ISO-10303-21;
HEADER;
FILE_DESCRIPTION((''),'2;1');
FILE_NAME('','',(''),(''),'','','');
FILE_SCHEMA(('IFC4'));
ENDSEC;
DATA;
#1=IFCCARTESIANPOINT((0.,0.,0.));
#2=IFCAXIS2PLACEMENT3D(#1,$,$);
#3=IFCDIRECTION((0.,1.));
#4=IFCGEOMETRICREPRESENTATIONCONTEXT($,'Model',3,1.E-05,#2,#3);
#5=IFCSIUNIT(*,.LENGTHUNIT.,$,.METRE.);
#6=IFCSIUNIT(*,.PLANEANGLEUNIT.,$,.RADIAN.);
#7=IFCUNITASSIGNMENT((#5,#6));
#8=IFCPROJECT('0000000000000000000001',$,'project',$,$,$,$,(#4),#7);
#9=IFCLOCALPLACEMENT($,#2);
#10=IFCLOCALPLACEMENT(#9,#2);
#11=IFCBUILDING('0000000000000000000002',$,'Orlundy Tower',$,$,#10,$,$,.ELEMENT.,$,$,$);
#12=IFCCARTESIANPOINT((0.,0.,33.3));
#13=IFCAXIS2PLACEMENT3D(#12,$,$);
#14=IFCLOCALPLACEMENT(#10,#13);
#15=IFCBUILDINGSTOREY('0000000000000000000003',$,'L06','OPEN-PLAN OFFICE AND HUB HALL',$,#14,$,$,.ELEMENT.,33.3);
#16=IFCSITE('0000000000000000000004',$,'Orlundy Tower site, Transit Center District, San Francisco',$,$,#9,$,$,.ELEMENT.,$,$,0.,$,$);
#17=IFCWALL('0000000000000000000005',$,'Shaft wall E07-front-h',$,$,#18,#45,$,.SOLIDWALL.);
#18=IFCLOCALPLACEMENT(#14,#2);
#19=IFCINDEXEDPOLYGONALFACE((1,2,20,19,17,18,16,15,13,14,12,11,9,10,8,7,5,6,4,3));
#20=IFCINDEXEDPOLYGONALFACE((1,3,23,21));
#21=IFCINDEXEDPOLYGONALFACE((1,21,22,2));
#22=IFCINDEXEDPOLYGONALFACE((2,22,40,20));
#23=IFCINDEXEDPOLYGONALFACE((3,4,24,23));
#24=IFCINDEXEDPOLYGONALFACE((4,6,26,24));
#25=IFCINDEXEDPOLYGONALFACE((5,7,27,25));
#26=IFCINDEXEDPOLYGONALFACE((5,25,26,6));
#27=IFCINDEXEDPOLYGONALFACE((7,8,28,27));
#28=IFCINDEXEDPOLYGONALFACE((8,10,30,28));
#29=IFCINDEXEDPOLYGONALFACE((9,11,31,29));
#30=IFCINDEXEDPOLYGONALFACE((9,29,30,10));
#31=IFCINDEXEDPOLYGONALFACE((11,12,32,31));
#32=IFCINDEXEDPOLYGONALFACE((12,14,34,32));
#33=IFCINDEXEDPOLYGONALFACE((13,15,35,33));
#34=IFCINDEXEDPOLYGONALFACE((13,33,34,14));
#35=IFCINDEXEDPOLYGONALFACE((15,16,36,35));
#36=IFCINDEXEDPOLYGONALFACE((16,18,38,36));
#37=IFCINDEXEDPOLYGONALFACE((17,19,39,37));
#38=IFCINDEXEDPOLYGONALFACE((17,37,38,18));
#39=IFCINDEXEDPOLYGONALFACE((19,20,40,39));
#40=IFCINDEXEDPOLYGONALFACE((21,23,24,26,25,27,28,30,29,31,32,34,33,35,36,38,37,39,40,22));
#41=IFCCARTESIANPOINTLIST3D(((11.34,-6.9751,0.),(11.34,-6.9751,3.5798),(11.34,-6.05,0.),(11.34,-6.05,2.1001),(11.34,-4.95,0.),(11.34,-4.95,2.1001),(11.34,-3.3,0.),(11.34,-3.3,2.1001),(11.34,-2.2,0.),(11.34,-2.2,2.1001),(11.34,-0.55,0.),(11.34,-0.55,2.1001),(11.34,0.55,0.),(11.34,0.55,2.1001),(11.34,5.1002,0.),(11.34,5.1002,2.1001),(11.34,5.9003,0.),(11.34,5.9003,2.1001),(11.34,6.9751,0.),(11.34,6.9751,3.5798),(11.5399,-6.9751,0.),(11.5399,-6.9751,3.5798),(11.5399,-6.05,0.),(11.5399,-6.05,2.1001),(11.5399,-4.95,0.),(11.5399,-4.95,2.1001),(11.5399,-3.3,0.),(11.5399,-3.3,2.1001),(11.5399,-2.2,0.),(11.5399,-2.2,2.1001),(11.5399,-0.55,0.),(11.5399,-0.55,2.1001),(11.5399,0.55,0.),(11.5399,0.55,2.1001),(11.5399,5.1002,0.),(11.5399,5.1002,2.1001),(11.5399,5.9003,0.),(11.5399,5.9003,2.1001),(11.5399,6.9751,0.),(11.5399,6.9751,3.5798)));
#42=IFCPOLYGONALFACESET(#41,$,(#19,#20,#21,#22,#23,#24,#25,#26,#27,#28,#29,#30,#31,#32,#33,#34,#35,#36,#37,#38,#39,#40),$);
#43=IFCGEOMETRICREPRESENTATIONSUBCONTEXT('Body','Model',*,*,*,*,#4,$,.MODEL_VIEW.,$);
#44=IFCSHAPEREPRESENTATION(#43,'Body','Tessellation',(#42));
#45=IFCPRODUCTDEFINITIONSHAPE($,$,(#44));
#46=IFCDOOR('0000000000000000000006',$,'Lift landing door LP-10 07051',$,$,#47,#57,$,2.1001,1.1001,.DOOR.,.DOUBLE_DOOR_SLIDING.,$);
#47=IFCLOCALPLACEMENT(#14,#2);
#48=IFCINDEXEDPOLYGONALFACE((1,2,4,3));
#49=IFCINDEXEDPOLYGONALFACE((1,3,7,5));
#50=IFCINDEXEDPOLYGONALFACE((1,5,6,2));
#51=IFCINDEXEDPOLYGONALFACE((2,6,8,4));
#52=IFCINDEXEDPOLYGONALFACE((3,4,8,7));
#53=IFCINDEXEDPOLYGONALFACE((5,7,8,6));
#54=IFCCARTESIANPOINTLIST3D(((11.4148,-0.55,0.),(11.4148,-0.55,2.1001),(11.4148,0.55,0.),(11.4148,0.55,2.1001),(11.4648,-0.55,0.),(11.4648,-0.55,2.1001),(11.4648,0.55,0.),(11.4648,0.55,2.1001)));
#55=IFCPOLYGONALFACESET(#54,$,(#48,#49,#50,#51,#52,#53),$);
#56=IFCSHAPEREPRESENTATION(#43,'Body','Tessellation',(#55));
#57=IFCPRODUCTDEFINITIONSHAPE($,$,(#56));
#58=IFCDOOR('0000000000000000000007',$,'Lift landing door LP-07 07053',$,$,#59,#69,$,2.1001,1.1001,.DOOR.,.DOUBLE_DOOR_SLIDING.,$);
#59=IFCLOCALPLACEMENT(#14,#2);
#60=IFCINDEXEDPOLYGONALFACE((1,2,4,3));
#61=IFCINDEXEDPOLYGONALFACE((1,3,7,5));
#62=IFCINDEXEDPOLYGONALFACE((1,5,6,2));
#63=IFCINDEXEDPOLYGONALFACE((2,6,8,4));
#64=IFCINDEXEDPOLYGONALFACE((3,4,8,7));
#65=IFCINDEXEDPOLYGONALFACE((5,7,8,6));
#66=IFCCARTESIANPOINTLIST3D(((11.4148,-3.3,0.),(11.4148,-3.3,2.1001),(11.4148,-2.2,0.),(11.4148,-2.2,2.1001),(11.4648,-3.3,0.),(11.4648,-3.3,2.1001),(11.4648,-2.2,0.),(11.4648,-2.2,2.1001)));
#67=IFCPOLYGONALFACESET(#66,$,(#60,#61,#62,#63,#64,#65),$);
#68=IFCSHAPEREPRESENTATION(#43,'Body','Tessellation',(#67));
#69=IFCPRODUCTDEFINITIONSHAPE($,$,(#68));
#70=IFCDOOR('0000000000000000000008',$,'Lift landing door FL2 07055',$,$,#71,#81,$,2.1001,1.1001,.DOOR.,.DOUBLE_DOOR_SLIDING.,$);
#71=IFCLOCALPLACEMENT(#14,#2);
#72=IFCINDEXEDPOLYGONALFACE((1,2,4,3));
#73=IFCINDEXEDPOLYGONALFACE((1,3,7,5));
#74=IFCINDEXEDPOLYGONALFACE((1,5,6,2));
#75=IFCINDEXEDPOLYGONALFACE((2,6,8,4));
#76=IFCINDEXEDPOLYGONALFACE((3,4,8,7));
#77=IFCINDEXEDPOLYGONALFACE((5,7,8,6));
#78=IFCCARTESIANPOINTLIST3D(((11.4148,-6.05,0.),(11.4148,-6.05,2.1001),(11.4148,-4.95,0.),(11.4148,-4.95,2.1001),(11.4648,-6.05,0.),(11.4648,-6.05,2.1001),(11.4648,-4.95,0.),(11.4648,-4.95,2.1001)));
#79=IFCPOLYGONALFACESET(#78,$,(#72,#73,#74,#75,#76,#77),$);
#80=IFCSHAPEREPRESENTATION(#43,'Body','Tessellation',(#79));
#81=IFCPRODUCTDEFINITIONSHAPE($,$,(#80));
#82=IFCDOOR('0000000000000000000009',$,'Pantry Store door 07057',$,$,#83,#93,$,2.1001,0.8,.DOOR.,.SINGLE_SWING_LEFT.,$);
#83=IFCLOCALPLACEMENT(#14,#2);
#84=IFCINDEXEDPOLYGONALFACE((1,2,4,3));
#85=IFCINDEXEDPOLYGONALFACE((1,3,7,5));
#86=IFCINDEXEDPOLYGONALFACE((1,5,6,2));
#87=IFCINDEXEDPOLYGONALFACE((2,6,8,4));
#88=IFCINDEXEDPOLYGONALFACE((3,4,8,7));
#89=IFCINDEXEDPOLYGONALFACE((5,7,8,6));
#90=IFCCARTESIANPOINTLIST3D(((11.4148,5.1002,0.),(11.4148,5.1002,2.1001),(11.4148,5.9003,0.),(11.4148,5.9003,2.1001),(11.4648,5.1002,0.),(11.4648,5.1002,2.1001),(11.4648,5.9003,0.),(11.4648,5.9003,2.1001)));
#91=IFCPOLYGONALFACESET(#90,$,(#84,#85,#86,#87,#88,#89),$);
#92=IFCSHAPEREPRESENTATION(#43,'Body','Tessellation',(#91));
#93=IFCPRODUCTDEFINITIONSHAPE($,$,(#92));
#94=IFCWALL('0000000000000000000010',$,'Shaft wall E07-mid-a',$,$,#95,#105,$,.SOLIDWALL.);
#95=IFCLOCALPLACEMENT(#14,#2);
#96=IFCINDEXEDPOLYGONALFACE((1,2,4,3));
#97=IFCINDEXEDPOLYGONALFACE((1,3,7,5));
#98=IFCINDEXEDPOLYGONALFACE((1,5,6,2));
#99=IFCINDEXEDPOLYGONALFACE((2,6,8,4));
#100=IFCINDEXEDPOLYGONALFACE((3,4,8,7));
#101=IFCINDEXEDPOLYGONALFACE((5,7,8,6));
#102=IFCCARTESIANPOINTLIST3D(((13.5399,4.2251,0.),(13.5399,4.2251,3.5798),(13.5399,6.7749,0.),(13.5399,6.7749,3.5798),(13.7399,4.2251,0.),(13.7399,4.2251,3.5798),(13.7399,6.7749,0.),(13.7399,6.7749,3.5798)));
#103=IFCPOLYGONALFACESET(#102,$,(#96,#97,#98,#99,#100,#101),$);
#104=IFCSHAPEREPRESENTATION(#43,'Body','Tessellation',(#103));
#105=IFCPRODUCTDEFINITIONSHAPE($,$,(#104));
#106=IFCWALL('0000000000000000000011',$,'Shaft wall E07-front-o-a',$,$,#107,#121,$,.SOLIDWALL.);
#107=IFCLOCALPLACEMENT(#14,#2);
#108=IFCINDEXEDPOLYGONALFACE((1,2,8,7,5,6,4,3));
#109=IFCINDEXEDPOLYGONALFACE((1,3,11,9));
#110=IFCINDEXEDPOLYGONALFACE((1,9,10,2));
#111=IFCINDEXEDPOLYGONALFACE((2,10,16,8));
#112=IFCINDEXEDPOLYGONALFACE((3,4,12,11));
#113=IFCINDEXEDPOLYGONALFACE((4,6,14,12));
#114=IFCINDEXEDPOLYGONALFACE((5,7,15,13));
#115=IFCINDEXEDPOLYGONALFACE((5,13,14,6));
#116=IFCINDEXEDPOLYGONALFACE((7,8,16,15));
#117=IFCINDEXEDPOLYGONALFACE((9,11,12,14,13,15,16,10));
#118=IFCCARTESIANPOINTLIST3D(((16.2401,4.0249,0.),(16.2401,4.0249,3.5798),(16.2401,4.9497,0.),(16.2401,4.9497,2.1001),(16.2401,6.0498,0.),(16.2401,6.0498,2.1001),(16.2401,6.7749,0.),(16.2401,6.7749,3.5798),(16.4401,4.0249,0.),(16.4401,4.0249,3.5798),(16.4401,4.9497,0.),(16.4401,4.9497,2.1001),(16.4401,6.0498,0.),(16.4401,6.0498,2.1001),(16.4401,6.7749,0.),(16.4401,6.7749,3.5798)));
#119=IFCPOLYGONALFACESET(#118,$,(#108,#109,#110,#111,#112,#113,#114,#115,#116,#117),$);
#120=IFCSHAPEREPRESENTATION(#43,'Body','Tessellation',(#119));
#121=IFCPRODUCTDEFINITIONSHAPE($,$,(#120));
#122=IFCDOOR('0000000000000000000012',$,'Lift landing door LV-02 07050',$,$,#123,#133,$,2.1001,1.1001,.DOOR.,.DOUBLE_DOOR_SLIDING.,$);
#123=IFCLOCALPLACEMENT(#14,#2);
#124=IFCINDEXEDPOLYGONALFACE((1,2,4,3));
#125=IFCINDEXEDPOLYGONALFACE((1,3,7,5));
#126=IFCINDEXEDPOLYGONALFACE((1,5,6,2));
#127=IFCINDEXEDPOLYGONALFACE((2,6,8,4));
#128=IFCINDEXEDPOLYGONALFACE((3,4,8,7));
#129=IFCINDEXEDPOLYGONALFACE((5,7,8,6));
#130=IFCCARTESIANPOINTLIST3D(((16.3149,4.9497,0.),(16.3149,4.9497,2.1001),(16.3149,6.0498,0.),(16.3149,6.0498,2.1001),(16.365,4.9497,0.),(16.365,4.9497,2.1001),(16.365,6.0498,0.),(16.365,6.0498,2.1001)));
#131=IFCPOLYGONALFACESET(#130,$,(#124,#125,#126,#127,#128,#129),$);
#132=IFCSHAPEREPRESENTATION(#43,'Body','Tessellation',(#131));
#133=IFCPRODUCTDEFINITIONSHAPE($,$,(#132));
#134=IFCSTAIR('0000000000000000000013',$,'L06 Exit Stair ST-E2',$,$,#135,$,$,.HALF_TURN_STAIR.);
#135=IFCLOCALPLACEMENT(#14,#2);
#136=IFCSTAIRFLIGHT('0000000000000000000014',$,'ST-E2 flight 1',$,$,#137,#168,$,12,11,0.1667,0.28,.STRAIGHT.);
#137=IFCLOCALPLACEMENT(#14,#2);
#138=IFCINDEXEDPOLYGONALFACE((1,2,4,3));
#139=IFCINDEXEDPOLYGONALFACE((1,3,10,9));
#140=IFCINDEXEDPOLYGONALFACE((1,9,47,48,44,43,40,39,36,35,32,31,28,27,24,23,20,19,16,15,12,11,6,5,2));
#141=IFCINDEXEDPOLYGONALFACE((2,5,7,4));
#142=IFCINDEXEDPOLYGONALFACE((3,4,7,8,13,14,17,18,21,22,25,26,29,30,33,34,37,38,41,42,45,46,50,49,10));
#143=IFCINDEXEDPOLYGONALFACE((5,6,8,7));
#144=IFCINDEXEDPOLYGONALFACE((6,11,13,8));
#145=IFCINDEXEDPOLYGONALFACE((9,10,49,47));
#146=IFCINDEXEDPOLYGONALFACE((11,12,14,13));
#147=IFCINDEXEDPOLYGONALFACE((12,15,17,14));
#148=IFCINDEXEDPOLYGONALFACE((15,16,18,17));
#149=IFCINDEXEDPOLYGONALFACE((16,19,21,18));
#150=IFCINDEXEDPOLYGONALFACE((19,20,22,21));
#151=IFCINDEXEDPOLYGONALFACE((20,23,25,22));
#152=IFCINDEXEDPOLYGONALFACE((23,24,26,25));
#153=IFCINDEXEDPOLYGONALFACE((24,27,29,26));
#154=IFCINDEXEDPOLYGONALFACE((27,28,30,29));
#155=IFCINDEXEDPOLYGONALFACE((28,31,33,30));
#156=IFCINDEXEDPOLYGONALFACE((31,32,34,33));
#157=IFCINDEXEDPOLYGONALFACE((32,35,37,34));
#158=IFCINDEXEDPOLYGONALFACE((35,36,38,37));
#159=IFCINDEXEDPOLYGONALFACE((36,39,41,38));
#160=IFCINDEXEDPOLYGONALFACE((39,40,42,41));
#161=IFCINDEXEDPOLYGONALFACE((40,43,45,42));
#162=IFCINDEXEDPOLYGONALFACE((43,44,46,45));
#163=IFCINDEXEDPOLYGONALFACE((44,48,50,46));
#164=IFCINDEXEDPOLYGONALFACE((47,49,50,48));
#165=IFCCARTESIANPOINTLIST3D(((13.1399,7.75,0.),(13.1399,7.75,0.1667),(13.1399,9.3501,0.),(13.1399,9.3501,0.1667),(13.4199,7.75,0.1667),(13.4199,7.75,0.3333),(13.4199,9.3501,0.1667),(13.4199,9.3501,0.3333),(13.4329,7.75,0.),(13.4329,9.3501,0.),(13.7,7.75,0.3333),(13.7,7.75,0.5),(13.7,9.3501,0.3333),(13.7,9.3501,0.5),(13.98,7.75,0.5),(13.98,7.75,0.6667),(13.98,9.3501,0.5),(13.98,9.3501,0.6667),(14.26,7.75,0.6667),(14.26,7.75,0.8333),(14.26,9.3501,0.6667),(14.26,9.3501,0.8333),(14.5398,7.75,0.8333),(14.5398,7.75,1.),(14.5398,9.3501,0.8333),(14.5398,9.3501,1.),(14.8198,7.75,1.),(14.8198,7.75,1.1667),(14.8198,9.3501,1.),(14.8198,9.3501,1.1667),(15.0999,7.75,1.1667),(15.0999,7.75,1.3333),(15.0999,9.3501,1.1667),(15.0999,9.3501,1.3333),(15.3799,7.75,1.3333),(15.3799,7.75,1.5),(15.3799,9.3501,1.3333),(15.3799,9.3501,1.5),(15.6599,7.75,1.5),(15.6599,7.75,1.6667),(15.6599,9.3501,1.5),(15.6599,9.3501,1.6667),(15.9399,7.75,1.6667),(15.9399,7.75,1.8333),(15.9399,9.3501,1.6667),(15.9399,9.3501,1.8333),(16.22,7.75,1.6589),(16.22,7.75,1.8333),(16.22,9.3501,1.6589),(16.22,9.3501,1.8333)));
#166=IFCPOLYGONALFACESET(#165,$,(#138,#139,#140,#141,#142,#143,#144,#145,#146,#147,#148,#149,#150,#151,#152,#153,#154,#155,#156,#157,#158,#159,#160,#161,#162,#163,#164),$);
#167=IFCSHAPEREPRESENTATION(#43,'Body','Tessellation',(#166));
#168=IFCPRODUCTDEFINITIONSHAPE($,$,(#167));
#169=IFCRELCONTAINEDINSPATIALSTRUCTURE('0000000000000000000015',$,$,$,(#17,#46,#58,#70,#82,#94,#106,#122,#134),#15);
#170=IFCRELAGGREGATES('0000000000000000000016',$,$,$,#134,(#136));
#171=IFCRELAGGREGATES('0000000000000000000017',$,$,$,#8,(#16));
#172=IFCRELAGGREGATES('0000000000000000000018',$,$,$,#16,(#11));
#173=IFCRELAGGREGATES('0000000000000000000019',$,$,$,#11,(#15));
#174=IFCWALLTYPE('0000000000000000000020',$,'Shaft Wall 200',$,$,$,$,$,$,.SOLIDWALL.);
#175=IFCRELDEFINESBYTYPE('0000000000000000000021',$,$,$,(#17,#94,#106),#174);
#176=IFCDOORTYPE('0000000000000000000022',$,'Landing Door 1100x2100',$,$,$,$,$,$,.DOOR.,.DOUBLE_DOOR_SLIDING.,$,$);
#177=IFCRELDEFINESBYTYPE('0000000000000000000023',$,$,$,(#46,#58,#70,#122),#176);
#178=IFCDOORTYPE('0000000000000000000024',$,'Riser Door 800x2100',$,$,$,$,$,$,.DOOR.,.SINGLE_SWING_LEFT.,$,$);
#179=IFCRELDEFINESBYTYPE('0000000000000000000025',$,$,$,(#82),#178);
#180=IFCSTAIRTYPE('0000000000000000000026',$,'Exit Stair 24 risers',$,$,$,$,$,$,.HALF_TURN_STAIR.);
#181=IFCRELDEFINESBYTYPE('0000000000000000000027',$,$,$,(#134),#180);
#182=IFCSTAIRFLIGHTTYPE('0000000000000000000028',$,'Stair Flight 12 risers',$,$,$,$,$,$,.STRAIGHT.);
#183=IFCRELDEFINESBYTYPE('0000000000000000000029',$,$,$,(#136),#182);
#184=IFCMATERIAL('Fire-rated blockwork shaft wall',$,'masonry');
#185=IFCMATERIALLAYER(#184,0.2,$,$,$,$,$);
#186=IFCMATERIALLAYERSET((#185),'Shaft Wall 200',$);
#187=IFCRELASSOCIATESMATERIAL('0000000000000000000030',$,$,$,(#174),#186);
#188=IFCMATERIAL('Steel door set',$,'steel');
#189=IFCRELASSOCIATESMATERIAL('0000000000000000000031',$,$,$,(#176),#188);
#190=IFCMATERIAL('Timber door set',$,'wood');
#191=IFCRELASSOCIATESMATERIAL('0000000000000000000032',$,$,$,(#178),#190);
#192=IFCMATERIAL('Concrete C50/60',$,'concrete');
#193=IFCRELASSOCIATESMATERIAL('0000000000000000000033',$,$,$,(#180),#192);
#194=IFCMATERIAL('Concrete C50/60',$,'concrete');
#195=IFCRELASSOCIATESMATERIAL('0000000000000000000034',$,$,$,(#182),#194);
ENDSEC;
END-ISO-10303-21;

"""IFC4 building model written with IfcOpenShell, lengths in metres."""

from ifc_helpers import new_model, si_unit, direction, frame, frame_2d, origin, place, context, subcontext, project, spatial, polyline, rectangle, outline, extrude, material, layer, layer_set, type_object, element, fill, aggregate, save


model = new_model("IFC4")

# Units and contexts
model_context = context("Model", 3, precision=1e-05, world=origin(), true_north=direction((0.0, 1.0)))
body_context = subcontext(model_context, "Body", "Model", "MODEL_VIEW")
ifc_project = project(units=[si_unit("LENGTHUNIT", "METRE"), si_unit("PLANEANGLEUNIT", "RADIAN")], contexts=[model_context])

# Site, building, storey
site_placement = place(None, origin())
site = spatial("IfcSite", under=ifc_project, at=site_placement, Name="Orlundy Tower site, Transit Center District, San Francisco", CompositionType="ELEMENT", RefElevation=0.0)
building_placement = place(site_placement, origin())
building = spatial("IfcBuilding", under=site, at=building_placement, Name="Orlundy Tower", CompositionType="ELEMENT")
storey_placement = place(building_placement, frame((0.0, 0.0, 33.3)))
storey = spatial("IfcBuildingStorey", under=building, at=storey_placement, Name="L06", Description="OPEN-PLAN OFFICE AND HUB HALL", CompositionType="ELEMENT", Elevation=33.3)

# Shared definitions
ifc_material_1 = material(Name="Fire-rated blockwork shaft wall", Category="masonry")
ifc_layer_1 = layer(ifc_material_1, 0.2)
ifc_layer_set_1 = layer_set([ifc_layer_1], Name="Shaft Wall 200")
wall_type_1 = type_object("IfcWallType", Name="Shaft Wall 200", PredefinedType="SOLIDWALL", material=ifc_layer_set_1)

# Wall, openings, doors
wall_1_placement = place(storey_placement, frame((11.4399, 6.9751, 0.0), z_axis=(0.0, 0.0, 1.0), x_axis=(0.0, -1.0, 0.0)))
wall_1 = element("IfcWall", 1, at=wall_1_placement, inside=storey, type_object=wall_type_1, Name="Shaft wall E07-front-h", PredefinedType="SOLIDWALL", context=body_context, shape_type="SweptSolid", body=[
    extrude(rectangle(XDim=13.9502, YDim=0.2, at=frame_2d((6.9751, 0.0))), origin(), (0.0, 0.0, 1.0), 3.5798),
])
opening_1_placement = place(wall_1_placement, frame((6.425, 0.0, 0.0)))
opening_1 = element("IfcOpeningElement", 2, at=opening_1_placement, cuts=wall_1, PredefinedType="OPENING", context=body_context, shape_type="SweptSolid", body=[
    extrude(rectangle(XDim=1.1001, YDim=2.1001, at=frame_2d((0.55, 1.05))), frame((0.0, 0.1101, 0.0), z_axis=(0.0, -1.0, 0.0), x_axis=(1.0, 0.0, 0.0)), (0.0, 0.0, 1.0), 0.2202),
])
opening_2_placement = place(wall_1_placement, frame((9.175, 0.0, 0.0)))
opening_2 = element("IfcOpeningElement", 3, at=opening_2_placement, cuts=wall_1, PredefinedType="OPENING", context=body_context, shape_type="SweptSolid", body=[
    extrude(rectangle(XDim=1.1001, YDim=2.1001, at=frame_2d((0.55, 1.05))), frame((0.0, 0.1101, 0.0), z_axis=(0.0, -1.0, 0.0), x_axis=(1.0, 0.0, 0.0)), (0.0, 0.0, 1.0), 0.2202),
])
opening_3_placement = place(wall_1_placement, frame((11.925, 0.0, 0.0)))
opening_3 = element("IfcOpeningElement", 4, at=opening_3_placement, cuts=wall_1, PredefinedType="OPENING", context=body_context, shape_type="SweptSolid", body=[
    extrude(rectangle(XDim=1.1001, YDim=2.1001, at=frame_2d((0.55, 1.05))), frame((0.0, 0.1101, 0.0), z_axis=(0.0, -1.0, 0.0), x_axis=(1.0, 0.0, 0.0)), (0.0, 0.0, 1.0), 0.2202),
])
opening_4_placement = place(wall_1_placement, frame((1.075, 0.0, 0.0)))
opening_4 = element("IfcOpeningElement", 5, at=opening_4_placement, cuts=wall_1, PredefinedType="OPENING", context=body_context, shape_type="SweptSolid", body=[
    extrude(rectangle(XDim=0.8, YDim=2.1001, at=frame_2d((0.3999, 1.05))), frame((0.0, 0.1101, 0.0), z_axis=(0.0, -1.0, 0.0), x_axis=(1.0, 0.0, 0.0)), (0.0, 0.0, 1.0), 0.2202),
])
ifc_material_2 = material(Name="Steel door set", Category="steel")
door_type_1 = type_object("IfcDoorType", Name="Landing Door 1100x2100", OperationType="DOUBLE_DOOR_SLIDING", PredefinedType="DOOR", material=ifc_material_2)
door_1_placement = place(opening_1_placement, origin())
door_1 = element("IfcDoor", 6, at=door_1_placement, inside=storey, type_object=door_type_1, Name="Lift landing door LP-10 07051", OperationType="DOUBLE_DOOR_SLIDING", OverallHeight=2.1001, OverallWidth=1.1001, PredefinedType="DOOR", context=body_context, shape_type="SweptSolid", body=[
    extrude(rectangle(XDim=1.1001, YDim=2.1001, at=frame_2d((0.55, 1.05))), frame((0.0, 0.0249, 0.0), z_axis=(0.0, -1.0, 0.0), x_axis=(1.0, 0.0, 0.0)), (0.0, 0.0, 1.0), 0.05),
])
fill(opening_1, door_1)
door_2_placement = place(opening_2_placement, origin())
door_2 = element("IfcDoor", 7, at=door_2_placement, inside=storey, type_object=door_type_1, Name="Lift landing door LP-07 07053", OperationType="DOUBLE_DOOR_SLIDING", OverallHeight=2.1001, OverallWidth=1.1001, PredefinedType="DOOR", context=body_context, shape_type="SweptSolid", body=[
    extrude(rectangle(XDim=1.1001, YDim=2.1001, at=frame_2d((0.55, 1.05))), frame((0.0, 0.0249, 0.0), z_axis=(0.0, -1.0, 0.0), x_axis=(1.0, 0.0, 0.0)), (0.0, 0.0, 1.0), 0.05),
])
fill(opening_2, door_2)
door_3_placement = place(opening_3_placement, origin())
door_3 = element("IfcDoor", 8, at=door_3_placement, inside=storey, type_object=door_type_1, Name="Lift landing door FL2 07055", OperationType="DOUBLE_DOOR_SLIDING", OverallHeight=2.1001, OverallWidth=1.1001, PredefinedType="DOOR", context=body_context, shape_type="SweptSolid", body=[
    extrude(rectangle(XDim=1.1001, YDim=2.1001, at=frame_2d((0.55, 1.05))), frame((0.0, 0.0249, 0.0), z_axis=(0.0, -1.0, 0.0), x_axis=(1.0, 0.0, 0.0)), (0.0, 0.0, 1.0), 0.05),
])
fill(opening_3, door_3)
ifc_material_3 = material(Name="Timber door set", Category="wood")
door_type_2 = type_object("IfcDoorType", Name="Riser Door 800x2100", OperationType="SINGLE_SWING_LEFT", PredefinedType="DOOR", material=ifc_material_3)
door_4_placement = place(opening_4_placement, origin())
door_4 = element("IfcDoor", 9, at=door_4_placement, inside=storey, type_object=door_type_2, Name="Pantry Store door 07057", OperationType="SINGLE_SWING_LEFT", OverallHeight=2.1001, OverallWidth=0.8, PredefinedType="DOOR", context=body_context, shape_type="SweptSolid", body=[
    extrude(rectangle(XDim=0.8, YDim=2.1001, at=frame_2d((0.3999, 1.05))), frame((0.0, 0.0249, 0.0), z_axis=(0.0, -1.0, 0.0), x_axis=(1.0, 0.0, 0.0)), (0.0, 0.0, 1.0), 0.05),
])
fill(opening_4, door_4)

# Wall
wall_2_placement = place(storey_placement, frame((13.6399, 6.7749, 0.0), z_axis=(0.0, 0.0, 1.0), x_axis=(0.0, -1.0, 0.0)))
element("IfcWall", 10, at=wall_2_placement, inside=storey, type_object=wall_type_1, Name="Shaft wall E07-mid-a", PredefinedType="SOLIDWALL", context=body_context, shape_type="SweptSolid", body=[
    extrude(rectangle(XDim=2.5498, YDim=0.2, at=frame_2d((1.2749, 0.0))), origin(), (0.0, 0.0, 1.0), 3.5798),
])

# Wall, opening, door
wall_3_placement = place(storey_placement, frame((16.3401, 6.7749, 0.0), z_axis=(0.0, 0.0, 1.0), x_axis=(0.0, -1.0, 0.0)))
wall_3 = element("IfcWall", 11, at=wall_3_placement, inside=storey, type_object=wall_type_1, Name="Shaft wall E07-front-o-a", PredefinedType="SOLIDWALL", context=body_context, shape_type="SweptSolid", body=[
    extrude(rectangle(XDim=2.75, YDim=0.2, at=frame_2d((1.375, 0.0))), origin(), (0.0, 0.0, 1.0), 3.5798),
])
opening_5_placement = place(wall_3_placement, frame((0.7251, 0.0, 0.0)))
opening_5 = element("IfcOpeningElement", 12, at=opening_5_placement, cuts=wall_3, PredefinedType="OPENING", context=body_context, shape_type="SweptSolid", body=[
    extrude(rectangle(XDim=1.1001, YDim=2.1001, at=frame_2d((0.55, 1.05))), frame((0.0, 0.1101, 0.0), z_axis=(0.0, -1.0, 0.0), x_axis=(1.0, 0.0, 0.0)), (0.0, 0.0, 1.0), 0.2202),
])
door_5_placement = place(opening_5_placement, origin())
door_5 = element("IfcDoor", 13, at=door_5_placement, inside=storey, type_object=door_type_1, Name="Lift landing door LV-02 07050", OperationType="DOUBLE_DOOR_SLIDING", OverallHeight=2.1001, OverallWidth=1.1001, PredefinedType="DOOR", context=body_context, shape_type="SweptSolid", body=[
    extrude(rectangle(XDim=1.1001, YDim=2.1001, at=frame_2d((0.55, 1.05))), frame((0.0, 0.0249, 0.0), z_axis=(0.0, -1.0, 0.0), x_axis=(1.0, 0.0, 0.0)), (0.0, 0.0, 1.0), 0.05),
])
fill(opening_5, door_5)

# Stair, stair flight
ifc_material_4 = material(Name="Concrete C50/60", Category="concrete")
stair_type = type_object("IfcStairType", Name="Exit Stair 24 risers", PredefinedType="HALF_TURN_STAIR", material=ifc_material_4)
stair_placement = place(storey_placement, origin())
stair = element("IfcStair", 14, at=stair_placement, inside=storey, type_object=stair_type, Name="L06 Exit Stair ST-E2", PredefinedType="HALF_TURN_STAIR")
ifc_material_5 = material(Name="Concrete C50/60", Category="concrete")
stair_flight_type = type_object("IfcStairFlightType", Name="Stair Flight 12 risers", PredefinedType="STRAIGHT", material=ifc_material_5)
stair_flight_1_placement = place(storey_placement, frame((13.1399, 8.55, 0.0), z_axis=(0.0, 0.0, 1.0), x_axis=(1.0, 0.0, 0.0)))
stair_flight_1 = element("IfcStairFlight", 15, at=stair_flight_1_placement, type_object=stair_flight_type, Name="ST-E2 flight 1", NumberOfRisers=12, NumberOfTreads=11, PredefinedType="STRAIGHT", RiserHeight=0.1667, TreadLength=0.28, context=body_context, shape_type="SweptSolid", body=[
    extrude(outline(polyline([(0.0, 0.0), (0.0, 0.1667), (0.28, 0.1667), (0.28, 0.3333), (0.5601, 0.3333), (0.5601, 0.5), (0.8401, 0.5), (0.8401, 0.6667), (1.1201, 0.6667), (1.1201, 0.8333), (1.3999, 0.8333), (1.3999, 1.0), (1.6799, 1.0), (1.6799, 1.1667), (1.96, 1.1667), (1.96, 1.3333), (2.24, 1.3333), (2.24, 1.5), (2.52, 1.5), (2.52, 1.6667), (2.8, 1.6667), (2.8, 1.8333), (3.0801, 1.8333), (3.0801, 2.0), (3.0801, 1.6589), (0.293, 0.0), (0.0, 0.0)])), frame((0.0, 0.8, 0.0), z_axis=(0.0, -1.0, 0.0), x_axis=(1.0, 0.0, 0.0)), (0.0, 0.0, 1.0), 1.6001),
])
aggregate(stair, [stair_flight_1])

save(model, "model.ifc")
